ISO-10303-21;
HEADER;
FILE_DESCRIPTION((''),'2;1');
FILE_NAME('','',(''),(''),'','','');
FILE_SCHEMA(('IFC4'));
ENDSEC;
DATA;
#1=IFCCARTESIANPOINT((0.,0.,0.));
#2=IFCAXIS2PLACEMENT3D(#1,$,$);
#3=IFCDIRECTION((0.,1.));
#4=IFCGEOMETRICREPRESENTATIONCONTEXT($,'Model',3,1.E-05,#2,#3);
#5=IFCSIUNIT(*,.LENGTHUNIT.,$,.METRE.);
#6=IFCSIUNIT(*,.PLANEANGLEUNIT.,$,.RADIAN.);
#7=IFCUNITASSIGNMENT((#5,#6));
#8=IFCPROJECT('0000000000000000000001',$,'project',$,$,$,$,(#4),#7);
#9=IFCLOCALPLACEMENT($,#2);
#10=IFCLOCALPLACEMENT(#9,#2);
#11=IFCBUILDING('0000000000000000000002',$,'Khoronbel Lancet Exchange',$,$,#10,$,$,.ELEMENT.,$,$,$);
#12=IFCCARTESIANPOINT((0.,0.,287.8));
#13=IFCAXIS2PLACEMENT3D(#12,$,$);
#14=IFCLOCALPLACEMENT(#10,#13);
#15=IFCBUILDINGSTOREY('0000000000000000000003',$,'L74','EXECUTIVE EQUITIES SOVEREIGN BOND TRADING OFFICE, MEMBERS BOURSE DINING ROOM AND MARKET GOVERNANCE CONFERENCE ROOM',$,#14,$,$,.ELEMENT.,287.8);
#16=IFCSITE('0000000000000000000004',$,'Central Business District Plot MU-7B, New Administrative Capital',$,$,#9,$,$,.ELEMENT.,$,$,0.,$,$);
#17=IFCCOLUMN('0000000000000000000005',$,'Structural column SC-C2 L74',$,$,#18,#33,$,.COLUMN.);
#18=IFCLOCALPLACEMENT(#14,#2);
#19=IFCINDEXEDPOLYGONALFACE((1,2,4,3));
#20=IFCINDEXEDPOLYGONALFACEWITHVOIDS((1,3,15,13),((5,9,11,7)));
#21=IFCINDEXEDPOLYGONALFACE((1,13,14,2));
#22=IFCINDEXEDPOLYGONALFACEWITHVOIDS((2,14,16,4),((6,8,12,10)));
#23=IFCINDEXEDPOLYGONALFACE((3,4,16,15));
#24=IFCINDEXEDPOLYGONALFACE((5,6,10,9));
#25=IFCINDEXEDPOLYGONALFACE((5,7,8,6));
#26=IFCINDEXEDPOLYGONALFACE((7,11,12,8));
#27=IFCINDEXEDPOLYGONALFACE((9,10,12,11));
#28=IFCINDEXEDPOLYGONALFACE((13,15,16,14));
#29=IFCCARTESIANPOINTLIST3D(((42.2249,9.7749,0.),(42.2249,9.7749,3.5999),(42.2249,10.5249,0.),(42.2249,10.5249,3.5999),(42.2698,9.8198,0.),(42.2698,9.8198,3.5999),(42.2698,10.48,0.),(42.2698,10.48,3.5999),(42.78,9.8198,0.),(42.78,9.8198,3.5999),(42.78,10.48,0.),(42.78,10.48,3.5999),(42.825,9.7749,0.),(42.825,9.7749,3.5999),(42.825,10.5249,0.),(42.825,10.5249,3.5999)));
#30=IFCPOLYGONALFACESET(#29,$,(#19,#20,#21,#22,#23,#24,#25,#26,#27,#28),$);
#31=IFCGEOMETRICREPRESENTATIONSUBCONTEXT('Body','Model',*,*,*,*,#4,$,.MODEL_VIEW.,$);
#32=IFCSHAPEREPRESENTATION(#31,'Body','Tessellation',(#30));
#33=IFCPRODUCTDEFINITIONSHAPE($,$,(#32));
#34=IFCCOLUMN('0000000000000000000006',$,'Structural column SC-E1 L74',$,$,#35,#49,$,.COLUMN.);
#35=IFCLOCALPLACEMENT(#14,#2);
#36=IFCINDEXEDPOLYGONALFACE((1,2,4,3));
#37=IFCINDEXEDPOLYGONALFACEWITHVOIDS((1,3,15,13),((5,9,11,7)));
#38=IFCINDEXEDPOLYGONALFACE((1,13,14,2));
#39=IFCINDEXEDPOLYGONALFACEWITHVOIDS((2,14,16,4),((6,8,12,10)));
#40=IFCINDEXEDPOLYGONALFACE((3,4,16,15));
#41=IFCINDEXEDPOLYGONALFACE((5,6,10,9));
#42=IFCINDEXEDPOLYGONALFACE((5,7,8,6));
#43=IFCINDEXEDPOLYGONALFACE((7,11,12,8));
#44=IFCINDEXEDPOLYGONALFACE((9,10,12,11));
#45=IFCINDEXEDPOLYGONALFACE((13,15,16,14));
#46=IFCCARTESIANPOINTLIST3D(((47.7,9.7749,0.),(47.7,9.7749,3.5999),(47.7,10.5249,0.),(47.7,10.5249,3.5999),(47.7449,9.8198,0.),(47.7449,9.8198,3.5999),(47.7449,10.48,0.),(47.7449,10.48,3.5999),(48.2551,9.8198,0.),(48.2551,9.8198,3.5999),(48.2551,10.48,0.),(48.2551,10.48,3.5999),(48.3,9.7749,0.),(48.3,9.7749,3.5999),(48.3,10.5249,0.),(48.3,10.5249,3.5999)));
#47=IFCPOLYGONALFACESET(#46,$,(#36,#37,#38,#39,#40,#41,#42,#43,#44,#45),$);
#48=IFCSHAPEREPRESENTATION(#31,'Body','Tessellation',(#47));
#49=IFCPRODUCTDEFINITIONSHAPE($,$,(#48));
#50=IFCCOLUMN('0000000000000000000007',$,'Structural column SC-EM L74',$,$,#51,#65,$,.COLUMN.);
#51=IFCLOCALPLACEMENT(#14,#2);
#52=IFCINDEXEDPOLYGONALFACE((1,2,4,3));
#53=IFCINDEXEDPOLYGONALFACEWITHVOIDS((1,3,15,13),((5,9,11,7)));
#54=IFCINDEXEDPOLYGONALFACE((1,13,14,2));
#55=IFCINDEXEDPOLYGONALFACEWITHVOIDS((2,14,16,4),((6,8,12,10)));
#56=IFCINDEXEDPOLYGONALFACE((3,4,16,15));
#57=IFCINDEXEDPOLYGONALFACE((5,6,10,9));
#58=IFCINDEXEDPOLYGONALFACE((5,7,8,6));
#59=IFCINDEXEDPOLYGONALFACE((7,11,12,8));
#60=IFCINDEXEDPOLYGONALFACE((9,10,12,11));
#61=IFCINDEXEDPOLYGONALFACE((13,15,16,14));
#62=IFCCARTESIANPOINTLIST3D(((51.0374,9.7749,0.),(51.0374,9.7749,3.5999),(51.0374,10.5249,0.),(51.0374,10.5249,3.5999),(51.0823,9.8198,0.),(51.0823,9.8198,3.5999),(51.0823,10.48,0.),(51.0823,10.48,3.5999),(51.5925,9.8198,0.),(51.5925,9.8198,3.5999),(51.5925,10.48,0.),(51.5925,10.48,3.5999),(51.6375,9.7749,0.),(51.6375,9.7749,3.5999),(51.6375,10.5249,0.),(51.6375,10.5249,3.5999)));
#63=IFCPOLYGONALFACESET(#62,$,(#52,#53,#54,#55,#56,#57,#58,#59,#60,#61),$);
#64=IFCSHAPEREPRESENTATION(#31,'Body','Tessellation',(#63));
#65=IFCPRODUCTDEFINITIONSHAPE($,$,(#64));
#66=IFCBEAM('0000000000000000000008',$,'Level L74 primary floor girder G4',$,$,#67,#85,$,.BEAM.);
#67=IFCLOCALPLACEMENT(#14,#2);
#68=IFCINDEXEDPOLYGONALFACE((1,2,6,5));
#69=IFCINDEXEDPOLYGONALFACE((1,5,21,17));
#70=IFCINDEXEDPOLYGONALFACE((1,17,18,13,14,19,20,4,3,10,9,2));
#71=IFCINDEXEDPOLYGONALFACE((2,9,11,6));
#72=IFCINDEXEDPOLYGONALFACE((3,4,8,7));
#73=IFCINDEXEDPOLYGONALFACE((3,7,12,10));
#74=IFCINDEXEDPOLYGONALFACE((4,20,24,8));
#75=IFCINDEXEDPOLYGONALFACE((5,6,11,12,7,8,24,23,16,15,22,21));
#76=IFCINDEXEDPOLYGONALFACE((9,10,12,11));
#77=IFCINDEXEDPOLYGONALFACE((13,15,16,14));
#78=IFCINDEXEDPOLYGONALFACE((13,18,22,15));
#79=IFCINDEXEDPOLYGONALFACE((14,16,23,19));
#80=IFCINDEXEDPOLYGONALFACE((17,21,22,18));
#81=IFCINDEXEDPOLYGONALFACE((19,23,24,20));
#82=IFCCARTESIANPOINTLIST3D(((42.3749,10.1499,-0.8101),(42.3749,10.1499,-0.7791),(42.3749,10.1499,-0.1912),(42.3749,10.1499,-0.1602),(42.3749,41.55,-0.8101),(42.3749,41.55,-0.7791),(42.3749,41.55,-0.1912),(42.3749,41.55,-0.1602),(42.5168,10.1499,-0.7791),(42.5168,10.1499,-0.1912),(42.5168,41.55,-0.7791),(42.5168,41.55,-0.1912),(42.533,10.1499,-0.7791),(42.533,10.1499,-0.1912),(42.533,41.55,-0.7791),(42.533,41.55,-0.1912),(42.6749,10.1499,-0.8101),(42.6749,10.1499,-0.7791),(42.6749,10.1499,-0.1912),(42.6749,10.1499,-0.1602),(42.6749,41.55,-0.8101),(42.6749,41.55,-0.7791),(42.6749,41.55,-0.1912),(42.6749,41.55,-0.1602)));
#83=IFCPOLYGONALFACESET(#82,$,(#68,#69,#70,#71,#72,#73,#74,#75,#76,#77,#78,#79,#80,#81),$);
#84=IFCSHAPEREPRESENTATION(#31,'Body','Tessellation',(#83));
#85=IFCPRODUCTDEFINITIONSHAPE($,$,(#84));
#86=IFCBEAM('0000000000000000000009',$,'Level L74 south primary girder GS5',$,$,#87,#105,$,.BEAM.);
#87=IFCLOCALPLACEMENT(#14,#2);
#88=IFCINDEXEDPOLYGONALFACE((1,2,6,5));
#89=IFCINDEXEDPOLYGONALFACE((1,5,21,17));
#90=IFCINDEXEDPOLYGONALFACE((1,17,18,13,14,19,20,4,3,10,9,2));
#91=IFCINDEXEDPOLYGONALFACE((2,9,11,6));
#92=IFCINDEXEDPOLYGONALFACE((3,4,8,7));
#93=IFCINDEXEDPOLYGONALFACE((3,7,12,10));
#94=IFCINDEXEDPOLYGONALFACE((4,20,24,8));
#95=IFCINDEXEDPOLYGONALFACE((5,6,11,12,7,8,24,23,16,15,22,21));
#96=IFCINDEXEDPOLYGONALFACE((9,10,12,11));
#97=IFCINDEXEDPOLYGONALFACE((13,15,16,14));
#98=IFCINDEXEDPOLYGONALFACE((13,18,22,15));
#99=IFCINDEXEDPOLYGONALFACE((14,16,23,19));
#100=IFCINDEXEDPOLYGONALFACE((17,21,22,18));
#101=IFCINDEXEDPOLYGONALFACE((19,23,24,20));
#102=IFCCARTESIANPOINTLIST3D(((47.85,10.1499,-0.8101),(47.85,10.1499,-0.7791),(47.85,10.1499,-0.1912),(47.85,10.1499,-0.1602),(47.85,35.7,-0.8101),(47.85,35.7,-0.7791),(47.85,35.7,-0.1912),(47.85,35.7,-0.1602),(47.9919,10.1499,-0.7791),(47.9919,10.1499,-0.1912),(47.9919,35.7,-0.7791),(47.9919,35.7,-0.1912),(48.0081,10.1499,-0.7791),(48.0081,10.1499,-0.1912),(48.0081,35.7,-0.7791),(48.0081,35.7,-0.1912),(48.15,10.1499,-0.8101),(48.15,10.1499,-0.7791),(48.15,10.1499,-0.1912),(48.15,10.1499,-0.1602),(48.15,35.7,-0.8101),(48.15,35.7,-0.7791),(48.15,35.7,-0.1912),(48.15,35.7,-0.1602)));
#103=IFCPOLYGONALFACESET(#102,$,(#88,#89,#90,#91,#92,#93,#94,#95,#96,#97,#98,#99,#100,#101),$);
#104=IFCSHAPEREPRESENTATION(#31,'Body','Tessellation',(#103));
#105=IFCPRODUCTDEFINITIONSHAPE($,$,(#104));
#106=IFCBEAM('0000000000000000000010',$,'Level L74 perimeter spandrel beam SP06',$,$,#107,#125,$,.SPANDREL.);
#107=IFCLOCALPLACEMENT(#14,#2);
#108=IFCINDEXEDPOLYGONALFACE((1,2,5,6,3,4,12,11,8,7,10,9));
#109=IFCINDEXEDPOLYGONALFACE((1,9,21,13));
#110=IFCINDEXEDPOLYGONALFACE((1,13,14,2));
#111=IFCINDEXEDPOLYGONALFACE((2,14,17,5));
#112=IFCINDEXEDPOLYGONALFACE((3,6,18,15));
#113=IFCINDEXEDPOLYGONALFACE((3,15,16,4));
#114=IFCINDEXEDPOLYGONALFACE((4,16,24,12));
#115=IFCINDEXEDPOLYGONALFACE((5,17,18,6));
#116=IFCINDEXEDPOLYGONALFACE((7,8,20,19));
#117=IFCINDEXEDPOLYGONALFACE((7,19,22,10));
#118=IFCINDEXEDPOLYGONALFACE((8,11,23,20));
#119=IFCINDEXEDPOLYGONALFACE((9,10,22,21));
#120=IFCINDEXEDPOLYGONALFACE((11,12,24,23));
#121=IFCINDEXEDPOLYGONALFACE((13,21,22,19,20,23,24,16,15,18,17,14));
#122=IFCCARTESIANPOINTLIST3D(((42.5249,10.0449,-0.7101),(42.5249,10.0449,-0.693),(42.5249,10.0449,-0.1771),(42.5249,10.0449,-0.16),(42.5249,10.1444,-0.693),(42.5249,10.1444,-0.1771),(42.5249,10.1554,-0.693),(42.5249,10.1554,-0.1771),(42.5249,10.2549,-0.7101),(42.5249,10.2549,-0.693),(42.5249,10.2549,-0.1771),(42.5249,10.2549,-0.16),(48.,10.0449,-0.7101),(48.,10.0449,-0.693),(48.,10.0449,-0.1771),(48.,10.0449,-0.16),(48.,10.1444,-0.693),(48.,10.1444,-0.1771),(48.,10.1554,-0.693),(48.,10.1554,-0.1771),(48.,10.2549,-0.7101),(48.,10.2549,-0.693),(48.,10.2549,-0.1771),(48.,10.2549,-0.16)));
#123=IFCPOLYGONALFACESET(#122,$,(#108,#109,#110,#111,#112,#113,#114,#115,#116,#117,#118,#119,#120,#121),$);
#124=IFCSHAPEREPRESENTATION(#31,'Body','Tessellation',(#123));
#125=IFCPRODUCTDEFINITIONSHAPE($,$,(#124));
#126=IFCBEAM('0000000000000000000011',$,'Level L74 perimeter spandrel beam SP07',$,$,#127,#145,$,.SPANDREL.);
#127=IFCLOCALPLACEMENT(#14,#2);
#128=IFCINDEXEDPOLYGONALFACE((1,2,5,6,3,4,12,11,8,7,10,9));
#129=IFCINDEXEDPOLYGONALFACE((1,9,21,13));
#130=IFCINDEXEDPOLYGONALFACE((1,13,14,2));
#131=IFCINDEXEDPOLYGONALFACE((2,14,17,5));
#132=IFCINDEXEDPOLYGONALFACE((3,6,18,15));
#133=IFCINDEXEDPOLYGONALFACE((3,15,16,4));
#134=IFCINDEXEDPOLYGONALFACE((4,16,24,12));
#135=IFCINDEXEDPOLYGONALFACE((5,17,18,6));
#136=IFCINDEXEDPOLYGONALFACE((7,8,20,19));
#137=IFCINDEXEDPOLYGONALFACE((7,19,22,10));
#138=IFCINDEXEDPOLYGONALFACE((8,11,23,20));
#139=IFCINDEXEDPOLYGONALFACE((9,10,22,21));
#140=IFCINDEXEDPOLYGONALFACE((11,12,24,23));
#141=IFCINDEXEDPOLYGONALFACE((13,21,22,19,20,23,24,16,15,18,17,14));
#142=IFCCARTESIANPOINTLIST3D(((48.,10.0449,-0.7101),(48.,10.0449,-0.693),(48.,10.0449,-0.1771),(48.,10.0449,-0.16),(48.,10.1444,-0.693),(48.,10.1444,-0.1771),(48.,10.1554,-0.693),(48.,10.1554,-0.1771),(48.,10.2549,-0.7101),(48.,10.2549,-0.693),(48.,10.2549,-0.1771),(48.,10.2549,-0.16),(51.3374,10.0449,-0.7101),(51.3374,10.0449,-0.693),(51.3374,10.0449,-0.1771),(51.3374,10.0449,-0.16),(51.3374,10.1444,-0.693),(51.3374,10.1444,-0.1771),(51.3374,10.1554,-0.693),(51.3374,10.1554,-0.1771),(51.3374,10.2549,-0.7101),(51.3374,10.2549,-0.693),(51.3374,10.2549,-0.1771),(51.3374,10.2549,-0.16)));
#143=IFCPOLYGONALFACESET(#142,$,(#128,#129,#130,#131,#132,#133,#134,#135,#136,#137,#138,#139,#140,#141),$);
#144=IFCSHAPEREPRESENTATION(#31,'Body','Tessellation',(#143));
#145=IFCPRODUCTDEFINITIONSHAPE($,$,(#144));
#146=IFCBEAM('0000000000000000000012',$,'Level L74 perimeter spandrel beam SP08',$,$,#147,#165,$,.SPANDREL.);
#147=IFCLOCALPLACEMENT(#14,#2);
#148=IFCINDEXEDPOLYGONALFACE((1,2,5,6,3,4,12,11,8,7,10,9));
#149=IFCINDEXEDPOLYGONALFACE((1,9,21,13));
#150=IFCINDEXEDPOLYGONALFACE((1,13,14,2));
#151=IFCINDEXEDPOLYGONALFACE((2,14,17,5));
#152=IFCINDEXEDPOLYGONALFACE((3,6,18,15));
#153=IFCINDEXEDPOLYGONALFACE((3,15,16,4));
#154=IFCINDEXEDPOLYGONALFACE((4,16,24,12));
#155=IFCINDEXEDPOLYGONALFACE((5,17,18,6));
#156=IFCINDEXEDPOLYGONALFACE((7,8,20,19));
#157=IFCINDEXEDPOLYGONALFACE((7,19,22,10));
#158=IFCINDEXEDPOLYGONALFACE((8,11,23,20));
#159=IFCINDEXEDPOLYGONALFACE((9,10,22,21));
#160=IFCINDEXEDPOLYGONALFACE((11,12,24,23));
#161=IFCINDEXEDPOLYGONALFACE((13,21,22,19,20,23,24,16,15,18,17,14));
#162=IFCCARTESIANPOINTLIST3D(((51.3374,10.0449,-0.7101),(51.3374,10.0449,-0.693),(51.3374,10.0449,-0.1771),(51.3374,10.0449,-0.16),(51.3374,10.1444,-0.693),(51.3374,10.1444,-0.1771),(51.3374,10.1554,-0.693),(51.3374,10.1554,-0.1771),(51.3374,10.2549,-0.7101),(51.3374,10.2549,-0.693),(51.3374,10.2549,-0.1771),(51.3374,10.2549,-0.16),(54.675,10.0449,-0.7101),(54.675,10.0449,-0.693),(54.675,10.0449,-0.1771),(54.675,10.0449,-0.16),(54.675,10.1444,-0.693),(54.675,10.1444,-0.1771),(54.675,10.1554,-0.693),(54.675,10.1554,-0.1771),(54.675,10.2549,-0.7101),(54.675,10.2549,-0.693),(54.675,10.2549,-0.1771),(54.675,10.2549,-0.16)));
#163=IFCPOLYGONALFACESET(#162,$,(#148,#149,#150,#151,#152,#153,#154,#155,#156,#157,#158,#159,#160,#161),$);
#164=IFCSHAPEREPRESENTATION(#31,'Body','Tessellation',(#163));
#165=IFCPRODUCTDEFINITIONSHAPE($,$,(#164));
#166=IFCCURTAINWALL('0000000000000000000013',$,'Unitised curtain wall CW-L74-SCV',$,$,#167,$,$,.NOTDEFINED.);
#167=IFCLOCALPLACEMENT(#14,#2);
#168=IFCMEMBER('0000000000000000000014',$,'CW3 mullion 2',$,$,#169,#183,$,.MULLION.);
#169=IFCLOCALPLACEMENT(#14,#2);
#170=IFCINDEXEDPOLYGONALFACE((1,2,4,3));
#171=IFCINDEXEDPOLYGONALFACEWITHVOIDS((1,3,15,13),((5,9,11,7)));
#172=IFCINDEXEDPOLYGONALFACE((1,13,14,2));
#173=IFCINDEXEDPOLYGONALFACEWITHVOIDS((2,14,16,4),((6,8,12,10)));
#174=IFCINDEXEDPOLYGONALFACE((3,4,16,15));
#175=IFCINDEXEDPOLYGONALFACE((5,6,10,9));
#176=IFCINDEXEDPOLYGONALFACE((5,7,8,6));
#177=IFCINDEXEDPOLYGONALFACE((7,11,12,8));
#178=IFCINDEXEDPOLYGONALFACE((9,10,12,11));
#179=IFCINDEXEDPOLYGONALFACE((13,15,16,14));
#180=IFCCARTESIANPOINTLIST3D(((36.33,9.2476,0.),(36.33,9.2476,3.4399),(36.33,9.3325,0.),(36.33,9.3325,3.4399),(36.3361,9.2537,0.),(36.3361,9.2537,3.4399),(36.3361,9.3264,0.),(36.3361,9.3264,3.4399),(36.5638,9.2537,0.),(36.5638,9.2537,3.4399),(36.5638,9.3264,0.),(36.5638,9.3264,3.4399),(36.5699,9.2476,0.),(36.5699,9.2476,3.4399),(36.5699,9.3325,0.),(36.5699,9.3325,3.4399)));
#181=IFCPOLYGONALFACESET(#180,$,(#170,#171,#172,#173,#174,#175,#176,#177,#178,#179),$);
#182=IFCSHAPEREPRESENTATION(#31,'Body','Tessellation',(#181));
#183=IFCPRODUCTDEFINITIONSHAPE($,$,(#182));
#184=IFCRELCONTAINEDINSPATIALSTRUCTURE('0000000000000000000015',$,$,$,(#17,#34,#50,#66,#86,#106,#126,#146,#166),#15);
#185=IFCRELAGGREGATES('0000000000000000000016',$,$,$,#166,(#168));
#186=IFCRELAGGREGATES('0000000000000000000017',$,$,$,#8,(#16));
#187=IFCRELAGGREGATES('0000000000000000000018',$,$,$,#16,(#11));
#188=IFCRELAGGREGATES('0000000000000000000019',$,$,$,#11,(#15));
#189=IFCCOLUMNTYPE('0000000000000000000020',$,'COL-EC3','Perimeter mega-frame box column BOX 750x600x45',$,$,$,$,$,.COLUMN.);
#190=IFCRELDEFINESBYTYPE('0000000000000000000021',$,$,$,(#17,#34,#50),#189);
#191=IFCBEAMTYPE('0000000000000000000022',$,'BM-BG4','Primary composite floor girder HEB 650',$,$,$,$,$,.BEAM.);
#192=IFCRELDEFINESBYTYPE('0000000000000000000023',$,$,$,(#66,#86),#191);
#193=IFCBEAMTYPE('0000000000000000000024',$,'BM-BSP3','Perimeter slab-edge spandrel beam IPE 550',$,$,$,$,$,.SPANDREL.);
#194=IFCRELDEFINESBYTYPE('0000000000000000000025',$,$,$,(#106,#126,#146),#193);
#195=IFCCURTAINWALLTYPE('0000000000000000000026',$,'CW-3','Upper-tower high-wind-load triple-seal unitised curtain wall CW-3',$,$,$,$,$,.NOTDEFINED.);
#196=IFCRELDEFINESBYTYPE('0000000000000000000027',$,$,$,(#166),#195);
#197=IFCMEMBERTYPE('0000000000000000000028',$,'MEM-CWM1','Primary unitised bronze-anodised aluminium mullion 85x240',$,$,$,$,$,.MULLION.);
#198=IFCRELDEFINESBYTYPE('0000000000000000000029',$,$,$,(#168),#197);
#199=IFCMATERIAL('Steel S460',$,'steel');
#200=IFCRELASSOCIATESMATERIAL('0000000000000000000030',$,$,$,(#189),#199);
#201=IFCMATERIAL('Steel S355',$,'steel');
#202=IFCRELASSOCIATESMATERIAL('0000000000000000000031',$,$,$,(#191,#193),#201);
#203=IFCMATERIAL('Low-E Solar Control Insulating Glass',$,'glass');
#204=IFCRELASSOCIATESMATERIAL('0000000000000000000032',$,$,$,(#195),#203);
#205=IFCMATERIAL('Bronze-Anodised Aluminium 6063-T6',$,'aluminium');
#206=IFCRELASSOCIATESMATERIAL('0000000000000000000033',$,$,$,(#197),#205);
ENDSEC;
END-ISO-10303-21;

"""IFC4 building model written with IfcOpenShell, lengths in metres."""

from ifc_helpers import new_model, si_unit, direction, frame, origin, origin_2d, place, context, subcontext, project, spatial, hollow_rectangle, i_section, extrude, material, material_profile, profile_set, type_object, element, aggregate, save


model = new_model("IFC4")

# Units and contexts
model_context = context("Model", 3, precision=1e-05, world=origin(), true_north=direction((0.0, 1.0)))
body_context = subcontext(model_context, "Body", "Model", "MODEL_VIEW")
ifc_project = project(units=[si_unit("LENGTHUNIT", "METRE"), si_unit("PLANEANGLEUNIT", "RADIAN")], contexts=[model_context])

# Site, building, storey
site_placement = place(None, origin())
site = spatial("IfcSite", under=ifc_project, at=site_placement, Name="Central Business District Plot MU-7B, New Administrative Capital", CompositionType="ELEMENT", RefElevation=0.0)
building_placement = place(site_placement, origin())
building = spatial("IfcBuilding", under=site, at=building_placement, Name="Khoronbel Lancet Exchange", CompositionType="ELEMENT")
storey_placement = place(building_placement, frame((0.0, 0.0, 287.8)))
storey = spatial("IfcBuildingStorey", under=building, at=storey_placement, Name="L74", Description="EXECUTIVE EQUITIES SOVEREIGN BOND TRADING OFFICE, MEMBERS BOURSE DINING ROOM AND MARKET GOVERNANCE CONFERENCE ROOM", CompositionType="ELEMENT", Elevation=287.8)

# Columns
ifc_material_1 = material(Name="Steel S460", Category="steel")
ifc_material_profile_1 = material_profile(ifc_material_1, hollow_rectangle(XDim=0.6001, YDim=0.75, WallThickness=0.0449, at=origin_2d()), Name="BOX 750x600x45")
ifc_profile_set_1 = profile_set([ifc_material_profile_1], Name="Steel S460")
column_type = type_object("IfcColumnType", Name="COL-EC3", Description="Perimeter mega-frame box column BOX 750x600x45", PredefinedType="COLUMN", material=ifc_profile_set_1)
for number, where, z_axis, x_axis, name in (
    (1, (42.5249, 10.1499, 0.0), (0.0, 0.0, 1.0), (1.0, 0.0, 0.0), "Structural column SC-C2 L74"),
    (2, (48.0, 10.1499, 0.0), (0.0, 0.0, 1.0), (1.0, 0.0, 0.0), "Structural column SC-E1 L74"),
    (3, (51.3374, 10.1499, 0.0), (0.0, 0.0, 1.0), (1.0, 0.0, 0.0), "Structural column SC-EM L74"),
):
    element("IfcColumn", number, at=place(storey_placement, frame(where, z_axis=z_axis, x_axis=x_axis)), inside=storey, type_object=column_type, Name=name, PredefinedType="COLUMN", context=body_context, shape_type="SweptSolid", body=[
        extrude(hollow_rectangle(XDim=0.6001, YDim=0.75, WallThickness=0.0449, at=origin_2d()), origin(), (0.0, 0.0, 1.0), 3.5999),
    ])

# Beams
ifc_material_2 = material(Name="Steel S355", Category="steel")
ifc_material_profile_2 = material_profile(ifc_material_2, i_section(OverallWidth=0.3, OverallDepth=0.6499, WebThickness=0.0161, FlangeThickness=0.031, at=origin_2d()), Name="HEB 650")
ifc_profile_set_2 = profile_set([ifc_material_profile_2], Name="Steel S355")
beam_type_1 = type_object("IfcBeamType", Name="BM-BG4", Description="Primary composite floor girder HEB 650", PredefinedType="BEAM", material=ifc_profile_set_2)
beam_1_placement = place(storey_placement, frame((42.5249, 10.1499, -0.4851), z_axis=(0.0, 1.0, 0.0), x_axis=(-1.0, 0.0, 0.0)))
element("IfcBeam", 4, at=beam_1_placement, inside=storey, type_object=beam_type_1, Name="Level L74 primary floor girder G4", PredefinedType="BEAM", context=body_context, shape_type="SweptSolid", body=[
    extrude(i_section(OverallWidth=0.3, OverallDepth=0.6499, WebThickness=0.0161, FlangeThickness=0.031, at=origin_2d()), origin(), (0.0, 0.0, 1.0), 31.4001),
])
beam_2_placement = place(storey_placement, frame((48.0, 10.1499, -0.4851), z_axis=(0.0, 1.0, 0.0), x_axis=(-1.0, 0.0, 0.0)))
element("IfcBeam", 5, at=beam_2_placement, inside=storey, type_object=beam_type_1, Name="Level L74 south primary girder GS5", PredefinedType="BEAM", context=body_context, shape_type="SweptSolid", body=[
    extrude(i_section(OverallWidth=0.3, OverallDepth=0.6499, WebThickness=0.0161, FlangeThickness=0.031, at=origin_2d()), origin(), (0.0, 0.0, 1.0), 25.55),
])
ifc_material_profile_3 = material_profile(ifc_material_2, i_section(OverallWidth=0.21, OverallDepth=0.55, WebThickness=0.011, FlangeThickness=0.0171, at=origin_2d()), Name="IPE 550")
ifc_profile_set_3 = profile_set([ifc_material_profile_3], Name="Steel S355")
beam_type_2 = type_object("IfcBeamType", Name="BM-BSP3", Description="Perimeter slab-edge spandrel beam IPE 550", PredefinedType="SPANDREL", material=ifc_profile_set_3)
beam_3_placement = place(storey_placement, frame((42.5249, 10.1499, -0.4351), z_axis=(1.0, 0.0, 0.0), x_axis=(0.0, 1.0, 0.0)))
element("IfcBeam", 6, at=beam_3_placement, inside=storey, type_object=beam_type_2, Name="Level L74 perimeter spandrel beam SP06", PredefinedType="SPANDREL", context=body_context, shape_type="SweptSolid", body=[
    extrude(i_section(OverallWidth=0.21, OverallDepth=0.55, WebThickness=0.011, FlangeThickness=0.0171, at=origin_2d()), origin(), (0.0, 0.0, 1.0), 5.4751),
])
beam_4_placement = place(storey_placement, frame((48.0, 10.1499, -0.4351), z_axis=(1.0, 0.0, 0.0), x_axis=(0.0, 1.0, 0.0)))
element("IfcBeam", 7, at=beam_4_placement, inside=storey, type_object=beam_type_2, Name="Level L74 perimeter spandrel beam SP07", PredefinedType="SPANDREL", context=body_context, shape_type="SweptSolid", body=[
    extrude(i_section(OverallWidth=0.21, OverallDepth=0.55, WebThickness=0.011, FlangeThickness=0.0171, at=origin_2d()), origin(), (0.0, 0.0, 1.0), 3.3374),
])
beam_5_placement = place(storey_placement, frame((51.3374, 10.1499, -0.4351), z_axis=(1.0, 0.0, 0.0), x_axis=(0.0, 1.0, 0.0)))
element("IfcBeam", 8, at=beam_5_placement, inside=storey, type_object=beam_type_2, Name="Level L74 perimeter spandrel beam SP08", PredefinedType="SPANDREL", context=body_context, shape_type="SweptSolid", body=[
    extrude(i_section(OverallWidth=0.21, OverallDepth=0.55, WebThickness=0.011, FlangeThickness=0.0171, at=origin_2d()), origin(), (0.0, 0.0, 1.0), 3.3376),
])

# Curtain wall, member
ifc_material_3 = material(Name="Low-E Solar Control Insulating Glass", Category="glass")
curtain_wall_type = type_object("IfcCurtainWallType", Name="CW-3", Description="Upper-tower high-wind-load triple-seal unitised curtain wall CW-3", PredefinedType="NOTDEFINED", material=ifc_material_3)
curtain_wall_1_placement = place(storey_placement, origin())
curtain_wall_1 = element("IfcCurtainWall", 9, at=curtain_wall_1_placement, inside=storey, type_object=curtain_wall_type, Name="Unitised curtain wall CW-L74-SCV", PredefinedType="NOTDEFINED")
ifc_material_4 = material(Name="Bronze-Anodised Aluminium 6063-T6", Category="aluminium")
ifc_material_profile_4 = material_profile(ifc_material_4, hollow_rectangle(XDim=0.085, YDim=0.24, WallThickness=0.0061, at=origin_2d()), Name="ALU MULLION 85x240")
ifc_profile_set_4 = profile_set([ifc_material_profile_4], Name="Bronze-Anodised Aluminium 6063-T6")
member_type_1 = type_object("IfcMemberType", Name="MEM-CWM1", Description="Primary unitised bronze-anodised aluminium mullion 85x240", PredefinedType="MULLION", material=ifc_profile_set_4)
member_1_placement = place(storey_placement, frame((36.45, 9.29, 0.0), z_axis=(0.0, 0.0, 1.0), x_axis=(0.0, 1.0, 0.0)))
member_1 = element("IfcMember", 10, at=member_1_placement, type_object=member_type_1, Name="CW3 mullion 2", PredefinedType="MULLION", context=body_context, shape_type="SweptSolid", body=[
    extrude(hollow_rectangle(XDim=0.085, YDim=0.24, WallThickness=0.0061, at=origin_2d()), origin(), (0.0, 0.0, 1.0), 3.4399),
])

aggregate(curtain_wall_1, [member_1])

save(model, "model.ifc")
